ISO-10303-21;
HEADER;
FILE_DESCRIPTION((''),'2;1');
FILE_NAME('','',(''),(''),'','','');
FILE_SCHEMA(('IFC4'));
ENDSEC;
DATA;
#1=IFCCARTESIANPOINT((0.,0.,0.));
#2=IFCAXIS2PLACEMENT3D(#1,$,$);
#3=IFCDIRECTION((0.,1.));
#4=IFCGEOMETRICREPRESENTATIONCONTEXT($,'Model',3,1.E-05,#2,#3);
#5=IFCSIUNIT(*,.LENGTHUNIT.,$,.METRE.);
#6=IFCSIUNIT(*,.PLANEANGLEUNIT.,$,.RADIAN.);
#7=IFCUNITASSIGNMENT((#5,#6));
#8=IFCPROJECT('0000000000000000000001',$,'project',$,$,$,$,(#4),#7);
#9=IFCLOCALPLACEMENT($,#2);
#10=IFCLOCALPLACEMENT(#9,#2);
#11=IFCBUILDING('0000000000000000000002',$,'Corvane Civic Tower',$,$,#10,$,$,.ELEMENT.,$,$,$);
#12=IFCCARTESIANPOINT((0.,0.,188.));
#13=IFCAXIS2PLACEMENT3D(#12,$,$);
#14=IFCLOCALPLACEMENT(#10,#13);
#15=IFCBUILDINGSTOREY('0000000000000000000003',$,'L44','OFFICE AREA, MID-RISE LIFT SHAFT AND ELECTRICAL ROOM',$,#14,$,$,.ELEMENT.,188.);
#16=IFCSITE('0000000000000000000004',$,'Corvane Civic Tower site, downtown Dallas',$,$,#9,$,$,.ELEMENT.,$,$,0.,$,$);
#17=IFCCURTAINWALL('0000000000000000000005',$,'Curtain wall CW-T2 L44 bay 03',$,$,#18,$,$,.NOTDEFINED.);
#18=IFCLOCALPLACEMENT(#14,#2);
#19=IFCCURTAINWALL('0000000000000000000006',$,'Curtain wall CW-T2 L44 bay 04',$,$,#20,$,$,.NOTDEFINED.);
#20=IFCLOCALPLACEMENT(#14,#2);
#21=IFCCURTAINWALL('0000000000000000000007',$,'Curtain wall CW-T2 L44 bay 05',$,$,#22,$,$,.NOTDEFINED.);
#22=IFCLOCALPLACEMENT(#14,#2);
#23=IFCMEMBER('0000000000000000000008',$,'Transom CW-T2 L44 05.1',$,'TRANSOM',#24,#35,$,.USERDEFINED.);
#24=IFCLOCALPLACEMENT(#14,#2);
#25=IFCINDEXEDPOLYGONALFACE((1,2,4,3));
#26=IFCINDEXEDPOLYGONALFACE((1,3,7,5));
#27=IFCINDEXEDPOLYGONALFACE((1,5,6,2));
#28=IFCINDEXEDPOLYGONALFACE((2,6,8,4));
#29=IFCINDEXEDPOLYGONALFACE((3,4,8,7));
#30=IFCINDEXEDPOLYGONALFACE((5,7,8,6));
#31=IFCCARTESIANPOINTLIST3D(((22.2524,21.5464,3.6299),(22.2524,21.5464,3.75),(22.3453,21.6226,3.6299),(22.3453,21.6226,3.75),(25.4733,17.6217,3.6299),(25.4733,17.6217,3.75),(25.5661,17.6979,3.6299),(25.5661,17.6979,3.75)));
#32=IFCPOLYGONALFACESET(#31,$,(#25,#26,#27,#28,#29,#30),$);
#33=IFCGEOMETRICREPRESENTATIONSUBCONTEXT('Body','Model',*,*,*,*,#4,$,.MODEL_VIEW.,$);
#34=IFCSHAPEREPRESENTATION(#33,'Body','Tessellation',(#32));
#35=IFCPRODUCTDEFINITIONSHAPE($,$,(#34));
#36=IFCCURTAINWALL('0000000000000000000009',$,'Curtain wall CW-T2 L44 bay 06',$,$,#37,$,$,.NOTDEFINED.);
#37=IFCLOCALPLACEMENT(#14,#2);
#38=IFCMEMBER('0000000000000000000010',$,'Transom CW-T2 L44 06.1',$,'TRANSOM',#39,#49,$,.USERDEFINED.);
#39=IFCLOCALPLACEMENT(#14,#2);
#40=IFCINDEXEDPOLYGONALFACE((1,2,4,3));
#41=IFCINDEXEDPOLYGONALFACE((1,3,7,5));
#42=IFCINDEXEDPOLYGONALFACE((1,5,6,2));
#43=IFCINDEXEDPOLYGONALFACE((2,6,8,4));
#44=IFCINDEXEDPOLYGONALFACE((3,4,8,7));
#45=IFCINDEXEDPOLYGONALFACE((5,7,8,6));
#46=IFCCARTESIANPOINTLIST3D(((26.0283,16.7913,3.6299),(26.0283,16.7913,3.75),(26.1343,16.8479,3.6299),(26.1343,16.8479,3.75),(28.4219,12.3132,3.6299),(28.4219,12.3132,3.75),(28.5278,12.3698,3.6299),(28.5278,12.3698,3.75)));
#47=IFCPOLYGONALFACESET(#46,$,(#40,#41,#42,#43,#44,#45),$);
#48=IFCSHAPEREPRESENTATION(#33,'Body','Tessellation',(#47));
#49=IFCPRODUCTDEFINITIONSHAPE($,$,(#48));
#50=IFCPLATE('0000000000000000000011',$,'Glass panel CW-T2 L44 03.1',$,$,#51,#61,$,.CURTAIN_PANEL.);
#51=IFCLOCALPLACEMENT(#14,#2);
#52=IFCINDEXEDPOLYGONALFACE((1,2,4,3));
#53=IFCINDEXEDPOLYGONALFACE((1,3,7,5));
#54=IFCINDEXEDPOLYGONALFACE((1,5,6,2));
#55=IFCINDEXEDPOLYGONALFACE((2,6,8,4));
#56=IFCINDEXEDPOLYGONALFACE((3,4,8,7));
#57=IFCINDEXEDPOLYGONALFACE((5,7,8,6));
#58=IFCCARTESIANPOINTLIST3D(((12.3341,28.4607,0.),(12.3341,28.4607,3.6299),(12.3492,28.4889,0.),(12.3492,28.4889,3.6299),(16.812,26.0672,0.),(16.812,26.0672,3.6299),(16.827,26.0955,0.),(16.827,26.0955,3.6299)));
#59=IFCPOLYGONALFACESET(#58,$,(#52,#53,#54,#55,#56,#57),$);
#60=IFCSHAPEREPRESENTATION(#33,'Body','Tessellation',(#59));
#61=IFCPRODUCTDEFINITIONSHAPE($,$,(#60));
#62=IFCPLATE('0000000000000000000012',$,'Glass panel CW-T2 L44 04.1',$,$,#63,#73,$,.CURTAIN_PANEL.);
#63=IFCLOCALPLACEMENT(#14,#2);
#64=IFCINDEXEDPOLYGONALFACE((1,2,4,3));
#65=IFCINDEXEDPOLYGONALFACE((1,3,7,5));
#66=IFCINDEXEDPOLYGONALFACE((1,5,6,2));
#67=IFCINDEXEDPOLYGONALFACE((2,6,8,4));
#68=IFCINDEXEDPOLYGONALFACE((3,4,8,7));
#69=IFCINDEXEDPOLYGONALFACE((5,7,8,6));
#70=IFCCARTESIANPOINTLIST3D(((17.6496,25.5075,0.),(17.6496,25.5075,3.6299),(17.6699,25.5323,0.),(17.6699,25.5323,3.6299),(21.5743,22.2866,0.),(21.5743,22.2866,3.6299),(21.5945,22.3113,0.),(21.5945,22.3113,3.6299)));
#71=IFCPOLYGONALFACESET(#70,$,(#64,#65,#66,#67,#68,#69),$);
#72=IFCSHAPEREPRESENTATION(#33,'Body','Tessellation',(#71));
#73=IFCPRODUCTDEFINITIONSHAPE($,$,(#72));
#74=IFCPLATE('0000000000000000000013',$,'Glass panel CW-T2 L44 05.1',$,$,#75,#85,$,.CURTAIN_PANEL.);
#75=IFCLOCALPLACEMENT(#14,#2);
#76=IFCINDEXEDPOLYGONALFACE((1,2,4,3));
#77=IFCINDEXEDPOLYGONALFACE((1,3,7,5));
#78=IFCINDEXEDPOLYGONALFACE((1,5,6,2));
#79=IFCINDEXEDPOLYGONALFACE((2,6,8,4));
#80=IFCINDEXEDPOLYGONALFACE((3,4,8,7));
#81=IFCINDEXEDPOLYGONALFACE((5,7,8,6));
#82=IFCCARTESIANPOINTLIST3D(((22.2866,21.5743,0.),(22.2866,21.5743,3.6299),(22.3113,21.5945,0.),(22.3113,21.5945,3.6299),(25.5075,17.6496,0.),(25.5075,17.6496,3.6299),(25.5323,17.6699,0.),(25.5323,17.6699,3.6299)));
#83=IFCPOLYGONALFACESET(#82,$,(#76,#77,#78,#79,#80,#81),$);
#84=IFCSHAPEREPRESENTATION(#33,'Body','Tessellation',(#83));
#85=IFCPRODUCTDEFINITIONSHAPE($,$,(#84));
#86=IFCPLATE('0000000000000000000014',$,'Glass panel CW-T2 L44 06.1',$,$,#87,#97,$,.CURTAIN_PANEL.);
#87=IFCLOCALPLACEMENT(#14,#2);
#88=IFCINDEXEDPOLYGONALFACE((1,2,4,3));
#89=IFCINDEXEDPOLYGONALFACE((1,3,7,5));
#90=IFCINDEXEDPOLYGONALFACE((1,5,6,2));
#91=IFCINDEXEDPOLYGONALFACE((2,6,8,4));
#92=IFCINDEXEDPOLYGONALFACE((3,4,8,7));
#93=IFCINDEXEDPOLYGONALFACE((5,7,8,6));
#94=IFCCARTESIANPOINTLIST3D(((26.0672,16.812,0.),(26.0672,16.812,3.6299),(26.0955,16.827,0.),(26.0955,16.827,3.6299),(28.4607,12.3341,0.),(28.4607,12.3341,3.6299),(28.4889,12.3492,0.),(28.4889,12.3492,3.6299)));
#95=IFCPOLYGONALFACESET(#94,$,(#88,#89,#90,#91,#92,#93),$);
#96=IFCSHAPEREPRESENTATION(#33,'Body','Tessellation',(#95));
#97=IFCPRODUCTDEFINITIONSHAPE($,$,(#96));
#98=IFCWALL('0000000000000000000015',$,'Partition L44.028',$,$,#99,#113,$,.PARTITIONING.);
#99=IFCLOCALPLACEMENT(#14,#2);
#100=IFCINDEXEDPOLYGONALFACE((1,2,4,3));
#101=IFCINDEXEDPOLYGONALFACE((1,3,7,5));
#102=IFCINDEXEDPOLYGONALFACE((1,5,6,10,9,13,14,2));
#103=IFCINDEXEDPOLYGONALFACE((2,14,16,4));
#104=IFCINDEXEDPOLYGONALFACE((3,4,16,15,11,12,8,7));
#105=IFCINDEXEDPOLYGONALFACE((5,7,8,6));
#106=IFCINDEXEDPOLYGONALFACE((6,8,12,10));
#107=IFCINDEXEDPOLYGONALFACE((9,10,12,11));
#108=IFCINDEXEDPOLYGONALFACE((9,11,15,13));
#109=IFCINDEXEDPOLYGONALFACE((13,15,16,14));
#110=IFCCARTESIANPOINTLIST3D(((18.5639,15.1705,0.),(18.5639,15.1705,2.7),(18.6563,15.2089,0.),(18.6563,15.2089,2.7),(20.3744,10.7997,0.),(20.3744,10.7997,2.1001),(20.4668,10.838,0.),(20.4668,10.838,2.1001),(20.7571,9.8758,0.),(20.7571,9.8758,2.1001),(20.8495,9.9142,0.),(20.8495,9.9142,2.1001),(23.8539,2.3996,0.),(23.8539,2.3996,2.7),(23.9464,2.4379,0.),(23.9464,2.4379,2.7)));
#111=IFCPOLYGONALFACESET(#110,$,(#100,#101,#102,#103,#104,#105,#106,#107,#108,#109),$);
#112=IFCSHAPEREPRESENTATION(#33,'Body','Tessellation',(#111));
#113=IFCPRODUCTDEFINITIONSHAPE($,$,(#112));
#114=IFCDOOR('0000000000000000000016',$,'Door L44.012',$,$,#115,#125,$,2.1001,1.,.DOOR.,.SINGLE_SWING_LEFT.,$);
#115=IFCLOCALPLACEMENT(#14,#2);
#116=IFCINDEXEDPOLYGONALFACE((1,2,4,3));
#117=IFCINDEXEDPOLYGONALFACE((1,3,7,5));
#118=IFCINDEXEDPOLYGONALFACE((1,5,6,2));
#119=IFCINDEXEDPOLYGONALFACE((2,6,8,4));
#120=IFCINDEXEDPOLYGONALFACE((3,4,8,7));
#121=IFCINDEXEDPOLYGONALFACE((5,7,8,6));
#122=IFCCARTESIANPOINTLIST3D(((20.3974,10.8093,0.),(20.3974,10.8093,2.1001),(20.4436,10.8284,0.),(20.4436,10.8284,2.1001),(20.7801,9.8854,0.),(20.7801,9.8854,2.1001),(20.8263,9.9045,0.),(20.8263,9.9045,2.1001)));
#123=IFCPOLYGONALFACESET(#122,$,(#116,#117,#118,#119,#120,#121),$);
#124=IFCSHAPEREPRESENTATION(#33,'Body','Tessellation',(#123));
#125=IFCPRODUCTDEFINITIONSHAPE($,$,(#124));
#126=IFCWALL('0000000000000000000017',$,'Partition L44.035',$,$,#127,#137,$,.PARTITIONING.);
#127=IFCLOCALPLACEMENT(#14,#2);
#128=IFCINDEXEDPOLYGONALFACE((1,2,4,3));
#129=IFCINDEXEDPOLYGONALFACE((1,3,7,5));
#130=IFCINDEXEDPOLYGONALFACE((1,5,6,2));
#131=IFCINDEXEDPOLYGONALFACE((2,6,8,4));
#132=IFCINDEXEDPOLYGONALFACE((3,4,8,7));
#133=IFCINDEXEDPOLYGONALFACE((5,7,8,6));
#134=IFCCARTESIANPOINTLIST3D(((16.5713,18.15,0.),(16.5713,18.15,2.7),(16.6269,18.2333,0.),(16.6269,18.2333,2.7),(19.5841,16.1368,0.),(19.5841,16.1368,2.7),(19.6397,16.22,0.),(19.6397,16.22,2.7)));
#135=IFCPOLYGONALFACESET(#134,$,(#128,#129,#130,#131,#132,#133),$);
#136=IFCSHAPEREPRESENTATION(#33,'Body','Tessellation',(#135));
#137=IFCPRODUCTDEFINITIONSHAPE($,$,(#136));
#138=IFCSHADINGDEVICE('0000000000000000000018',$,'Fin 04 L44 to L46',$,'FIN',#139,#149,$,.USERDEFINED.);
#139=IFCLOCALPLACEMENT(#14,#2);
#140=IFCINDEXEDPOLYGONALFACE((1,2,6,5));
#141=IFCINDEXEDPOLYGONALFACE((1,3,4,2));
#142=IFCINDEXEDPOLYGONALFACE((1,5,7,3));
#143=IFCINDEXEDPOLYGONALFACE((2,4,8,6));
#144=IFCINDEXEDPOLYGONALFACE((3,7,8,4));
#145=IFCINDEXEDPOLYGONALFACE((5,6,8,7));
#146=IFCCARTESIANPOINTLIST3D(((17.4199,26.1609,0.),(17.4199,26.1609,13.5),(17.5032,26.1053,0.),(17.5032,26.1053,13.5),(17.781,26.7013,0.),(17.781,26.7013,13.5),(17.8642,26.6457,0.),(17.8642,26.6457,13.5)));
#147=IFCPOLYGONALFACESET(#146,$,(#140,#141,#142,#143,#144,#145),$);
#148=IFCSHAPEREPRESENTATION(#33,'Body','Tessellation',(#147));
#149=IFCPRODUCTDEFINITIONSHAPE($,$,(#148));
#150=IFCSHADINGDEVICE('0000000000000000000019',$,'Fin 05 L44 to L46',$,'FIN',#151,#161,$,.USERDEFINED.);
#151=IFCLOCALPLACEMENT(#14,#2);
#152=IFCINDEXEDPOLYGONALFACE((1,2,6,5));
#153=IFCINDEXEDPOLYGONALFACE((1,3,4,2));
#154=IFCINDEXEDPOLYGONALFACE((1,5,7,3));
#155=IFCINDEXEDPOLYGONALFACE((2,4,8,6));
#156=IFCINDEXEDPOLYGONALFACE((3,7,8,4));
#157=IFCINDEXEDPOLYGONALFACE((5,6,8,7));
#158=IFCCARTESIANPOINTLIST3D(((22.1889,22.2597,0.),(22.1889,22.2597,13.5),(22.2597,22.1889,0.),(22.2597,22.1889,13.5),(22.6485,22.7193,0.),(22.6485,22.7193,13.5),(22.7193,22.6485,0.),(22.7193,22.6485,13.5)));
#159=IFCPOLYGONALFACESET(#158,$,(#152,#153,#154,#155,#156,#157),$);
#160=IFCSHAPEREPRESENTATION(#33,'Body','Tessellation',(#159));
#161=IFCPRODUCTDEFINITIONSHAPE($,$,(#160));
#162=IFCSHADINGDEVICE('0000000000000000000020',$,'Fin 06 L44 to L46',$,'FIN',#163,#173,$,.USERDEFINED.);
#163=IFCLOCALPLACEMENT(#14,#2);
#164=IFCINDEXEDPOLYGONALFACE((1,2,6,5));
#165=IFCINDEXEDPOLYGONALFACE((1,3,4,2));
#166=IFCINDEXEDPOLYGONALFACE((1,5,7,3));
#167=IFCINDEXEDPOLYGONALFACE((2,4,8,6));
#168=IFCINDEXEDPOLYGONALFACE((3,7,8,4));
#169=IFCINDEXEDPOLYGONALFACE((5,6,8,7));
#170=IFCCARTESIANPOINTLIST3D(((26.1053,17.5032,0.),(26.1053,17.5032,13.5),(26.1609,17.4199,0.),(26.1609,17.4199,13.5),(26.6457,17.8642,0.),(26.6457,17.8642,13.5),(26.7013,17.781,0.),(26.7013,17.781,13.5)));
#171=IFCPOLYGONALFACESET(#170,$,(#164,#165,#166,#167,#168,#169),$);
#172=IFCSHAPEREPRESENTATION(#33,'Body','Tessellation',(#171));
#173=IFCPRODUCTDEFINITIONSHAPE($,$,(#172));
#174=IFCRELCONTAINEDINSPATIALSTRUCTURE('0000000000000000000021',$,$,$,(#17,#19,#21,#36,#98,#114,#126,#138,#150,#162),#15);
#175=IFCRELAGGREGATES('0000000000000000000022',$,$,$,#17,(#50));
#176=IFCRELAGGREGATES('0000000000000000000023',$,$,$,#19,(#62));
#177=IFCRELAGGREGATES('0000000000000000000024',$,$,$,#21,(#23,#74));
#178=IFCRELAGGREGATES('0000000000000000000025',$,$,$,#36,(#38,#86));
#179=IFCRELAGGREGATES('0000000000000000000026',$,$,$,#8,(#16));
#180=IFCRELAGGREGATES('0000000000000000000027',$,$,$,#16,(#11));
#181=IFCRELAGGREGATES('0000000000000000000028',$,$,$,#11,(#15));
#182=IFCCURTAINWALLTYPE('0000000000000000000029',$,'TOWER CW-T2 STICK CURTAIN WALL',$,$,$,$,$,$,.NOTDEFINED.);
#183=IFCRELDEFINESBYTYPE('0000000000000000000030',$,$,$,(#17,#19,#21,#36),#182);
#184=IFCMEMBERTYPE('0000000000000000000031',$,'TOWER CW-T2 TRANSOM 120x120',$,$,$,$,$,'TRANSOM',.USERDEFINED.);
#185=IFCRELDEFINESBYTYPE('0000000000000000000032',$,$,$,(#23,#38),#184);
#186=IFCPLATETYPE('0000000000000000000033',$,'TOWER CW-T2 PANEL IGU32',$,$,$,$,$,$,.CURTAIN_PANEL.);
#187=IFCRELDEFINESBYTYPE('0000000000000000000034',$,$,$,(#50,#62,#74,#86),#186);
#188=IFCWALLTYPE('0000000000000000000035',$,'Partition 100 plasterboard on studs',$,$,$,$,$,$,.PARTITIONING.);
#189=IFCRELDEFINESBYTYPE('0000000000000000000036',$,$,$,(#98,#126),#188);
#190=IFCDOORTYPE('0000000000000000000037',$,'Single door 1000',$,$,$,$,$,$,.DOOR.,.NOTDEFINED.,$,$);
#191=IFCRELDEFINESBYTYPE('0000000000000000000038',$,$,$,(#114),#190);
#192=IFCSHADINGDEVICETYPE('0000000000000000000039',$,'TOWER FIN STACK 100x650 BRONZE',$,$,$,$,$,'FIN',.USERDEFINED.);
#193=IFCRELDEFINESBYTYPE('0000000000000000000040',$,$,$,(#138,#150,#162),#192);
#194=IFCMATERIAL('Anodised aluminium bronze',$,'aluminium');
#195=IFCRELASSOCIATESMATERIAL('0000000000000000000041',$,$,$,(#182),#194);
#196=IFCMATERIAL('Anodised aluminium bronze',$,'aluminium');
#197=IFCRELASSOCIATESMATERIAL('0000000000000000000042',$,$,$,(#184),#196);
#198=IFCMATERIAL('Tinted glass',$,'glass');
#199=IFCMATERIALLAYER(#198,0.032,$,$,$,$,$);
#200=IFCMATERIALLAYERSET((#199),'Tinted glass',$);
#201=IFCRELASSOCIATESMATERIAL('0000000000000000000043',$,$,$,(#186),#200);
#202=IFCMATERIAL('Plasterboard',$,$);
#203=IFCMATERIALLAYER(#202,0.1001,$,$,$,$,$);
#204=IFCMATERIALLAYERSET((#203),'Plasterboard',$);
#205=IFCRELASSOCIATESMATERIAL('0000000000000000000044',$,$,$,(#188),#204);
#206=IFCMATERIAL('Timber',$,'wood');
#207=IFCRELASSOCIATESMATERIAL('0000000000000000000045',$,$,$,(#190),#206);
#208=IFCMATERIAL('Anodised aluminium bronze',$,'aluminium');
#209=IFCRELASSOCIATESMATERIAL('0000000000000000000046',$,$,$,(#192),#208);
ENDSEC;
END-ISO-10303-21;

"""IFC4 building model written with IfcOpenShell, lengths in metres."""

from ifc_helpers import new_model, si_unit, direction, frame, frame_2d, origin, origin_2d, place, context, subcontext, project, spatial, rectangle, extrude, material, layer, layer_set, material_profile, profile_set, type_object, element, fill, aggregate, save


model = new_model("IFC4")

# Units and contexts
model_context = context("Model", 3, precision=1e-05, world=origin(), true_north=direction((0.0, 1.0)))
body_context = subcontext(model_context, "Body", "Model", "MODEL_VIEW")
ifc_project = project(units=[si_unit("LENGTHUNIT", "METRE"), si_unit("PLANEANGLEUNIT", "RADIAN")], contexts=[model_context])

# Site, building, storey
site_placement = place(None, origin())
site = spatial("IfcSite", under=ifc_project, at=site_placement, Name="Corvane Civic Tower site, downtown Dallas", CompositionType="ELEMENT", RefElevation=0.0)
building_placement = place(site_placement, origin())
building = spatial("IfcBuilding", under=site, at=building_placement, Name="Corvane Civic Tower", CompositionType="ELEMENT")
storey_placement = place(building_placement, frame((0.0, 0.0, 188.0)))
storey = spatial("IfcBuildingStorey", under=building, at=storey_placement, Name="L44", Description="OFFICE AREA, MID-RISE LIFT SHAFT AND ELECTRICAL ROOM", CompositionType="ELEMENT", Elevation=188.0)

# Curtain walls, members
ifc_material_1 = material(Name="Anodised aluminium bronze", Category="aluminium")
curtain_wall_type = type_object("IfcCurtainWallType", Name="TOWER CW-T2 STICK CURTAIN WALL", PredefinedType="NOTDEFINED", material=ifc_material_1)
curtain_wall_1_placement = place(storey_placement, origin())
curtain_wall_1 = element("IfcCurtainWall", 1, at=curtain_wall_1_placement, inside=storey, type_object=curtain_wall_type, Name="Curtain wall CW-T2 L44 bay 03", PredefinedType="NOTDEFINED")
ifc_material_2 = material(Name="Anodised aluminium bronze", Category="aluminium")
ifc_material_profile_1 = material_profile(ifc_material_2, rectangle(XDim=0.1201, YDim=0.1201, at=origin_2d()), Name="TOWER CW-T2 TRANSOM 120x120")
ifc_profile_set_1 = profile_set([ifc_material_profile_1], Name="Anodised aluminium bronze")
member_type = type_object("IfcMemberType", Name="TOWER CW-T2 TRANSOM 120x120", ElementType="TRANSOM", PredefinedType="USERDEFINED", material=ifc_profile_set_1)
curtain_wall_2_placement = place(storey_placement, origin())
curtain_wall_2 = element("IfcCurtainWall", 2, at=curtain_wall_2_placement, inside=storey, type_object=curtain_wall_type, Name="Curtain wall CW-T2 L44 bay 04", PredefinedType="NOTDEFINED")
curtain_wall_3_placement = place(storey_placement, origin())
curtain_wall_3 = element("IfcCurtainWall", 3, at=curtain_wall_3_placement, inside=storey, type_object=curtain_wall_type, Name="Curtain wall CW-T2 L44 bay 05", PredefinedType="NOTDEFINED")
member_1_placement = place(storey_placement, frame((22.2988, 21.5845, 3.6899), z_axis=(0.634387, -0.773016, 0.0), x_axis=(0.773016, 0.634387, 0.0)))
member_1 = element("IfcMember", 4, at=member_1_placement, type_object=member_type, Name="Transom CW-T2 L44 05.1", ObjectType="TRANSOM", PredefinedType="USERDEFINED", context=body_context, shape_type="SweptSolid", body=[
    extrude(rectangle(XDim=0.1201, YDim=0.1201, at=origin_2d()), origin(), (0.0, 0.0, 1.0), 5.0771),
])
curtain_wall_4_placement = place(storey_placement, origin())
curtain_wall_4 = element("IfcCurtainWall", 5, at=curtain_wall_4_placement, inside=storey, type_object=curtain_wall_type, Name="Curtain wall CW-T2 L44 bay 06", PredefinedType="NOTDEFINED")
member_2_placement = place(storey_placement, frame((26.0813, 16.8196, 3.6899), z_axis=(0.471397, -0.881921, 0.0), x_axis=(0.881921, 0.471397, 0.0)))
member_2 = element("IfcMember", 6, at=member_2_placement, type_object=member_type, Name="Transom CW-T2 L44 06.1", ObjectType="TRANSOM", PredefinedType="USERDEFINED", context=body_context, shape_type="SweptSolid", body=[
    extrude(rectangle(XDim=0.1201, YDim=0.1201, at=origin_2d()), origin(), (0.0, 0.0, 1.0), 5.0776),
])

# Plates
ifc_material_3 = material(Name="Tinted glass", Category="glass")
ifc_layer_1 = layer(ifc_material_3, 0.032)
ifc_layer_set_1 = layer_set([ifc_layer_1], Name="Tinted glass")
plate_type = type_object("IfcPlateType", Name="TOWER CW-T2 PANEL IGU32", PredefinedType="CURTAIN_PANEL", material=ifc_layer_set_1)
plate_1_placement = place(storey_placement, frame((14.5806, 27.2781, 0.0), z_axis=(0.0, 0.0, 1.0), x_axis=(0.881922, -0.471395, 0.0)))
plate_1 = element("IfcPlate", 7, at=plate_1_placement, type_object=plate_type, Name="Glass panel CW-T2 L44 03.1", PredefinedType="CURTAIN_PANEL", context=body_context, shape_type="SweptSolid", body=[
    extrude(rectangle(XDim=5.0774, YDim=0.032, at=origin_2d()), origin(), (0.0, 0.0, 1.0), 3.6299),
])
aggregate(curtain_wall_1, [plate_1])
plate_2_placement = place(storey_placement, frame((19.6221, 23.9094, 0.0), z_axis=(0.0, 0.0, 1.0), x_axis=(0.773005, -0.6344, 0.0)))
plate_2 = element("IfcPlate", 8, at=plate_2_placement, type_object=plate_type, Name="Glass panel CW-T2 L44 04.1", PredefinedType="CURTAIN_PANEL", context=body_context, shape_type="SweptSolid", body=[
    extrude(rectangle(XDim=5.0771, YDim=0.032, at=origin_2d()), origin(), (0.0, 0.0, 1.0), 3.6299),
])
aggregate(curtain_wall_2, [plate_2])
plate_3_placement = place(storey_placement, frame((23.9094, 19.6221, 0.0), z_axis=(0.0, 0.0, 1.0), x_axis=(0.6344, -0.773005, 0.0)))
plate_3 = element("IfcPlate", 9, at=plate_3_placement, type_object=plate_type, Name="Glass panel CW-T2 L44 05.1", PredefinedType="CURTAIN_PANEL", context=body_context, shape_type="SweptSolid", body=[
    extrude(rectangle(XDim=5.0771, YDim=0.032, at=origin_2d()), origin(), (0.0, 0.0, 1.0), 3.6299),
])
aggregate(curtain_wall_3, [member_1, plate_3])
plate_4_placement = place(storey_placement, frame((27.2781, 14.5806, 0.0), z_axis=(0.0, 0.0, 1.0), x_axis=(0.471395, -0.881922, 0.0)))
plate_4 = element("IfcPlate", 10, at=plate_4_placement, type_object=plate_type, Name="Glass panel CW-T2 L44 06.1", PredefinedType="CURTAIN_PANEL", context=body_context, shape_type="SweptSolid", body=[
    extrude(rectangle(XDim=5.0774, YDim=0.032, at=origin_2d()), origin(), (0.0, 0.0, 1.0), 3.6299),
])
aggregate(curtain_wall_4, [member_2, plate_4])

# Wall, opening, door
ifc_material_4 = material(Name="Plasterboard")
ifc_layer_2 = layer(ifc_material_4, 0.1001)
ifc_layer_set_2 = layer_set([ifc_layer_2], Name="Plasterboard")
wall_type = type_object("IfcWallType", Name="Partition 100 plasterboard on studs", PredefinedType="PARTITIONING", material=ifc_layer_set_2)
wall_1_placement = place(storey_placement, frame((18.6101, 15.1897, 0.0), z_axis=(0.0, 0.0, 1.0), x_axis=(0.382691, -0.923876, 0.0)))
wall_1 = element("IfcWall", 11, at=wall_1_placement, inside=storey, type_object=wall_type, Name="Partition L44.028", PredefinedType="PARTITIONING", context=body_context, shape_type="SweptSolid", body=[
    extrude(rectangle(XDim=13.8232, YDim=0.1001, at=frame_2d((6.9116, 0.0))), origin(), (0.0, 0.0, 1.0), 2.7),
])
opening_placement = place(wall_1_placement, frame((4.731, 0.0, 0.0)))
opening = element("IfcOpeningElement", 12, at=opening_placement, cuts=wall_1, PredefinedType="OPENING", context=body_context, shape_type="SweptSolid", body=[
    extrude(rectangle(XDim=1.0, YDim=2.1001, at=frame_2d((0.5, 1.05))), frame((0.0, 0.0601, 0.0), z_axis=(0.0, -1.0, 0.0), x_axis=(1.0, 0.0, 0.0)), (0.0, 0.0, 1.0), 0.1201),
])
ifc_material_5 = material(Name="Timber", Category="wood")
door_type = type_object("IfcDoorType", Name="Single door 1000", OperationType="NOTDEFINED", PredefinedType="DOOR", material=ifc_material_5)
door_placement = place(opening_placement, origin())
door = element("IfcDoor", 13, at=door_placement, inside=storey, type_object=door_type, Name="Door L44.012", OperationType="SINGLE_SWING_LEFT", OverallHeight=2.1001, OverallWidth=1.0, PredefinedType="DOOR", context=body_context, shape_type="SweptSolid", body=[
    extrude(rectangle(XDim=1.0, YDim=2.1001, at=frame_2d((0.5, 1.05))), frame((0.0, 0.0249, 0.0), z_axis=(0.0, -1.0, 0.0), x_axis=(1.0, 0.0, 0.0)), (0.0, 0.0, 1.0), 0.05),
])
fill(opening, door)

# Wall
wall_2_placement = place(storey_placement, frame((16.5991, 18.1917, 0.0), z_axis=(0.0, 0.0, 1.0), x_axis=(0.831449, -0.555602, 0.0)))
element("IfcWall", 14, at=wall_2_placement, inside=storey, type_object=wall_type, Name="Partition L44.035", PredefinedType="PARTITIONING", context=body_context, shape_type="SweptSolid", body=[
    extrude(rectangle(XDim=3.6235, YDim=0.1001, at=frame_2d((1.8118, 0.0))), origin(), (0.0, 0.0, 1.0), 2.7),
])

# Shading devices
ifc_material_6 = material(Name="Anodised aluminium bronze", Category="aluminium")
ifc_material_profile_2 = material_profile(ifc_material_6, rectangle(XDim=0.1001, YDim=0.6499, at=origin_2d()), Name="TOWER FIN STACK 100x650 BRONZE")
ifc_profile_set_2 = profile_set([ifc_material_profile_2], Name="Anodised aluminium bronze")
shading_device_type = type_object("IfcShadingDeviceType", Name="TOWER FIN STACK 100x650 BRONZE", ElementType="FIN", PredefinedType="USERDEFINED", material=ifc_profile_set_2)
for number, where, z_axis, x_axis, name in (
    (15, (17.6421, 26.4033, 0.0), (0.0, 0.0, 1.0), (0.83147, -0.55557, 0.0), "Fin 04 L44 to L46"),
    (16, (22.4541, 22.4541, 0.0), (0.0, 0.0, 1.0), (0.707107, -0.707107, 0.0), "Fin 05 L44 to L46"),
    (17, (26.4033, 17.6421, 0.0), (0.0, 0.0, 1.0), (0.55557, -0.83147, 0.0), "Fin 06 L44 to L46"),
):
    element("IfcShadingDevice", number, at=place(storey_placement, frame(where, z_axis=z_axis, x_axis=x_axis)), inside=storey, type_object=shading_device_type, Name=name, ObjectType="FIN", PredefinedType="USERDEFINED", context=body_context, shape_type="SweptSolid", body=[
        extrude(rectangle(XDim=0.1001, YDim=0.6499, at=origin_2d()), origin(), (0.0, 0.0, 1.0), 13.5),
    ])

save(model, "model.ifc")
